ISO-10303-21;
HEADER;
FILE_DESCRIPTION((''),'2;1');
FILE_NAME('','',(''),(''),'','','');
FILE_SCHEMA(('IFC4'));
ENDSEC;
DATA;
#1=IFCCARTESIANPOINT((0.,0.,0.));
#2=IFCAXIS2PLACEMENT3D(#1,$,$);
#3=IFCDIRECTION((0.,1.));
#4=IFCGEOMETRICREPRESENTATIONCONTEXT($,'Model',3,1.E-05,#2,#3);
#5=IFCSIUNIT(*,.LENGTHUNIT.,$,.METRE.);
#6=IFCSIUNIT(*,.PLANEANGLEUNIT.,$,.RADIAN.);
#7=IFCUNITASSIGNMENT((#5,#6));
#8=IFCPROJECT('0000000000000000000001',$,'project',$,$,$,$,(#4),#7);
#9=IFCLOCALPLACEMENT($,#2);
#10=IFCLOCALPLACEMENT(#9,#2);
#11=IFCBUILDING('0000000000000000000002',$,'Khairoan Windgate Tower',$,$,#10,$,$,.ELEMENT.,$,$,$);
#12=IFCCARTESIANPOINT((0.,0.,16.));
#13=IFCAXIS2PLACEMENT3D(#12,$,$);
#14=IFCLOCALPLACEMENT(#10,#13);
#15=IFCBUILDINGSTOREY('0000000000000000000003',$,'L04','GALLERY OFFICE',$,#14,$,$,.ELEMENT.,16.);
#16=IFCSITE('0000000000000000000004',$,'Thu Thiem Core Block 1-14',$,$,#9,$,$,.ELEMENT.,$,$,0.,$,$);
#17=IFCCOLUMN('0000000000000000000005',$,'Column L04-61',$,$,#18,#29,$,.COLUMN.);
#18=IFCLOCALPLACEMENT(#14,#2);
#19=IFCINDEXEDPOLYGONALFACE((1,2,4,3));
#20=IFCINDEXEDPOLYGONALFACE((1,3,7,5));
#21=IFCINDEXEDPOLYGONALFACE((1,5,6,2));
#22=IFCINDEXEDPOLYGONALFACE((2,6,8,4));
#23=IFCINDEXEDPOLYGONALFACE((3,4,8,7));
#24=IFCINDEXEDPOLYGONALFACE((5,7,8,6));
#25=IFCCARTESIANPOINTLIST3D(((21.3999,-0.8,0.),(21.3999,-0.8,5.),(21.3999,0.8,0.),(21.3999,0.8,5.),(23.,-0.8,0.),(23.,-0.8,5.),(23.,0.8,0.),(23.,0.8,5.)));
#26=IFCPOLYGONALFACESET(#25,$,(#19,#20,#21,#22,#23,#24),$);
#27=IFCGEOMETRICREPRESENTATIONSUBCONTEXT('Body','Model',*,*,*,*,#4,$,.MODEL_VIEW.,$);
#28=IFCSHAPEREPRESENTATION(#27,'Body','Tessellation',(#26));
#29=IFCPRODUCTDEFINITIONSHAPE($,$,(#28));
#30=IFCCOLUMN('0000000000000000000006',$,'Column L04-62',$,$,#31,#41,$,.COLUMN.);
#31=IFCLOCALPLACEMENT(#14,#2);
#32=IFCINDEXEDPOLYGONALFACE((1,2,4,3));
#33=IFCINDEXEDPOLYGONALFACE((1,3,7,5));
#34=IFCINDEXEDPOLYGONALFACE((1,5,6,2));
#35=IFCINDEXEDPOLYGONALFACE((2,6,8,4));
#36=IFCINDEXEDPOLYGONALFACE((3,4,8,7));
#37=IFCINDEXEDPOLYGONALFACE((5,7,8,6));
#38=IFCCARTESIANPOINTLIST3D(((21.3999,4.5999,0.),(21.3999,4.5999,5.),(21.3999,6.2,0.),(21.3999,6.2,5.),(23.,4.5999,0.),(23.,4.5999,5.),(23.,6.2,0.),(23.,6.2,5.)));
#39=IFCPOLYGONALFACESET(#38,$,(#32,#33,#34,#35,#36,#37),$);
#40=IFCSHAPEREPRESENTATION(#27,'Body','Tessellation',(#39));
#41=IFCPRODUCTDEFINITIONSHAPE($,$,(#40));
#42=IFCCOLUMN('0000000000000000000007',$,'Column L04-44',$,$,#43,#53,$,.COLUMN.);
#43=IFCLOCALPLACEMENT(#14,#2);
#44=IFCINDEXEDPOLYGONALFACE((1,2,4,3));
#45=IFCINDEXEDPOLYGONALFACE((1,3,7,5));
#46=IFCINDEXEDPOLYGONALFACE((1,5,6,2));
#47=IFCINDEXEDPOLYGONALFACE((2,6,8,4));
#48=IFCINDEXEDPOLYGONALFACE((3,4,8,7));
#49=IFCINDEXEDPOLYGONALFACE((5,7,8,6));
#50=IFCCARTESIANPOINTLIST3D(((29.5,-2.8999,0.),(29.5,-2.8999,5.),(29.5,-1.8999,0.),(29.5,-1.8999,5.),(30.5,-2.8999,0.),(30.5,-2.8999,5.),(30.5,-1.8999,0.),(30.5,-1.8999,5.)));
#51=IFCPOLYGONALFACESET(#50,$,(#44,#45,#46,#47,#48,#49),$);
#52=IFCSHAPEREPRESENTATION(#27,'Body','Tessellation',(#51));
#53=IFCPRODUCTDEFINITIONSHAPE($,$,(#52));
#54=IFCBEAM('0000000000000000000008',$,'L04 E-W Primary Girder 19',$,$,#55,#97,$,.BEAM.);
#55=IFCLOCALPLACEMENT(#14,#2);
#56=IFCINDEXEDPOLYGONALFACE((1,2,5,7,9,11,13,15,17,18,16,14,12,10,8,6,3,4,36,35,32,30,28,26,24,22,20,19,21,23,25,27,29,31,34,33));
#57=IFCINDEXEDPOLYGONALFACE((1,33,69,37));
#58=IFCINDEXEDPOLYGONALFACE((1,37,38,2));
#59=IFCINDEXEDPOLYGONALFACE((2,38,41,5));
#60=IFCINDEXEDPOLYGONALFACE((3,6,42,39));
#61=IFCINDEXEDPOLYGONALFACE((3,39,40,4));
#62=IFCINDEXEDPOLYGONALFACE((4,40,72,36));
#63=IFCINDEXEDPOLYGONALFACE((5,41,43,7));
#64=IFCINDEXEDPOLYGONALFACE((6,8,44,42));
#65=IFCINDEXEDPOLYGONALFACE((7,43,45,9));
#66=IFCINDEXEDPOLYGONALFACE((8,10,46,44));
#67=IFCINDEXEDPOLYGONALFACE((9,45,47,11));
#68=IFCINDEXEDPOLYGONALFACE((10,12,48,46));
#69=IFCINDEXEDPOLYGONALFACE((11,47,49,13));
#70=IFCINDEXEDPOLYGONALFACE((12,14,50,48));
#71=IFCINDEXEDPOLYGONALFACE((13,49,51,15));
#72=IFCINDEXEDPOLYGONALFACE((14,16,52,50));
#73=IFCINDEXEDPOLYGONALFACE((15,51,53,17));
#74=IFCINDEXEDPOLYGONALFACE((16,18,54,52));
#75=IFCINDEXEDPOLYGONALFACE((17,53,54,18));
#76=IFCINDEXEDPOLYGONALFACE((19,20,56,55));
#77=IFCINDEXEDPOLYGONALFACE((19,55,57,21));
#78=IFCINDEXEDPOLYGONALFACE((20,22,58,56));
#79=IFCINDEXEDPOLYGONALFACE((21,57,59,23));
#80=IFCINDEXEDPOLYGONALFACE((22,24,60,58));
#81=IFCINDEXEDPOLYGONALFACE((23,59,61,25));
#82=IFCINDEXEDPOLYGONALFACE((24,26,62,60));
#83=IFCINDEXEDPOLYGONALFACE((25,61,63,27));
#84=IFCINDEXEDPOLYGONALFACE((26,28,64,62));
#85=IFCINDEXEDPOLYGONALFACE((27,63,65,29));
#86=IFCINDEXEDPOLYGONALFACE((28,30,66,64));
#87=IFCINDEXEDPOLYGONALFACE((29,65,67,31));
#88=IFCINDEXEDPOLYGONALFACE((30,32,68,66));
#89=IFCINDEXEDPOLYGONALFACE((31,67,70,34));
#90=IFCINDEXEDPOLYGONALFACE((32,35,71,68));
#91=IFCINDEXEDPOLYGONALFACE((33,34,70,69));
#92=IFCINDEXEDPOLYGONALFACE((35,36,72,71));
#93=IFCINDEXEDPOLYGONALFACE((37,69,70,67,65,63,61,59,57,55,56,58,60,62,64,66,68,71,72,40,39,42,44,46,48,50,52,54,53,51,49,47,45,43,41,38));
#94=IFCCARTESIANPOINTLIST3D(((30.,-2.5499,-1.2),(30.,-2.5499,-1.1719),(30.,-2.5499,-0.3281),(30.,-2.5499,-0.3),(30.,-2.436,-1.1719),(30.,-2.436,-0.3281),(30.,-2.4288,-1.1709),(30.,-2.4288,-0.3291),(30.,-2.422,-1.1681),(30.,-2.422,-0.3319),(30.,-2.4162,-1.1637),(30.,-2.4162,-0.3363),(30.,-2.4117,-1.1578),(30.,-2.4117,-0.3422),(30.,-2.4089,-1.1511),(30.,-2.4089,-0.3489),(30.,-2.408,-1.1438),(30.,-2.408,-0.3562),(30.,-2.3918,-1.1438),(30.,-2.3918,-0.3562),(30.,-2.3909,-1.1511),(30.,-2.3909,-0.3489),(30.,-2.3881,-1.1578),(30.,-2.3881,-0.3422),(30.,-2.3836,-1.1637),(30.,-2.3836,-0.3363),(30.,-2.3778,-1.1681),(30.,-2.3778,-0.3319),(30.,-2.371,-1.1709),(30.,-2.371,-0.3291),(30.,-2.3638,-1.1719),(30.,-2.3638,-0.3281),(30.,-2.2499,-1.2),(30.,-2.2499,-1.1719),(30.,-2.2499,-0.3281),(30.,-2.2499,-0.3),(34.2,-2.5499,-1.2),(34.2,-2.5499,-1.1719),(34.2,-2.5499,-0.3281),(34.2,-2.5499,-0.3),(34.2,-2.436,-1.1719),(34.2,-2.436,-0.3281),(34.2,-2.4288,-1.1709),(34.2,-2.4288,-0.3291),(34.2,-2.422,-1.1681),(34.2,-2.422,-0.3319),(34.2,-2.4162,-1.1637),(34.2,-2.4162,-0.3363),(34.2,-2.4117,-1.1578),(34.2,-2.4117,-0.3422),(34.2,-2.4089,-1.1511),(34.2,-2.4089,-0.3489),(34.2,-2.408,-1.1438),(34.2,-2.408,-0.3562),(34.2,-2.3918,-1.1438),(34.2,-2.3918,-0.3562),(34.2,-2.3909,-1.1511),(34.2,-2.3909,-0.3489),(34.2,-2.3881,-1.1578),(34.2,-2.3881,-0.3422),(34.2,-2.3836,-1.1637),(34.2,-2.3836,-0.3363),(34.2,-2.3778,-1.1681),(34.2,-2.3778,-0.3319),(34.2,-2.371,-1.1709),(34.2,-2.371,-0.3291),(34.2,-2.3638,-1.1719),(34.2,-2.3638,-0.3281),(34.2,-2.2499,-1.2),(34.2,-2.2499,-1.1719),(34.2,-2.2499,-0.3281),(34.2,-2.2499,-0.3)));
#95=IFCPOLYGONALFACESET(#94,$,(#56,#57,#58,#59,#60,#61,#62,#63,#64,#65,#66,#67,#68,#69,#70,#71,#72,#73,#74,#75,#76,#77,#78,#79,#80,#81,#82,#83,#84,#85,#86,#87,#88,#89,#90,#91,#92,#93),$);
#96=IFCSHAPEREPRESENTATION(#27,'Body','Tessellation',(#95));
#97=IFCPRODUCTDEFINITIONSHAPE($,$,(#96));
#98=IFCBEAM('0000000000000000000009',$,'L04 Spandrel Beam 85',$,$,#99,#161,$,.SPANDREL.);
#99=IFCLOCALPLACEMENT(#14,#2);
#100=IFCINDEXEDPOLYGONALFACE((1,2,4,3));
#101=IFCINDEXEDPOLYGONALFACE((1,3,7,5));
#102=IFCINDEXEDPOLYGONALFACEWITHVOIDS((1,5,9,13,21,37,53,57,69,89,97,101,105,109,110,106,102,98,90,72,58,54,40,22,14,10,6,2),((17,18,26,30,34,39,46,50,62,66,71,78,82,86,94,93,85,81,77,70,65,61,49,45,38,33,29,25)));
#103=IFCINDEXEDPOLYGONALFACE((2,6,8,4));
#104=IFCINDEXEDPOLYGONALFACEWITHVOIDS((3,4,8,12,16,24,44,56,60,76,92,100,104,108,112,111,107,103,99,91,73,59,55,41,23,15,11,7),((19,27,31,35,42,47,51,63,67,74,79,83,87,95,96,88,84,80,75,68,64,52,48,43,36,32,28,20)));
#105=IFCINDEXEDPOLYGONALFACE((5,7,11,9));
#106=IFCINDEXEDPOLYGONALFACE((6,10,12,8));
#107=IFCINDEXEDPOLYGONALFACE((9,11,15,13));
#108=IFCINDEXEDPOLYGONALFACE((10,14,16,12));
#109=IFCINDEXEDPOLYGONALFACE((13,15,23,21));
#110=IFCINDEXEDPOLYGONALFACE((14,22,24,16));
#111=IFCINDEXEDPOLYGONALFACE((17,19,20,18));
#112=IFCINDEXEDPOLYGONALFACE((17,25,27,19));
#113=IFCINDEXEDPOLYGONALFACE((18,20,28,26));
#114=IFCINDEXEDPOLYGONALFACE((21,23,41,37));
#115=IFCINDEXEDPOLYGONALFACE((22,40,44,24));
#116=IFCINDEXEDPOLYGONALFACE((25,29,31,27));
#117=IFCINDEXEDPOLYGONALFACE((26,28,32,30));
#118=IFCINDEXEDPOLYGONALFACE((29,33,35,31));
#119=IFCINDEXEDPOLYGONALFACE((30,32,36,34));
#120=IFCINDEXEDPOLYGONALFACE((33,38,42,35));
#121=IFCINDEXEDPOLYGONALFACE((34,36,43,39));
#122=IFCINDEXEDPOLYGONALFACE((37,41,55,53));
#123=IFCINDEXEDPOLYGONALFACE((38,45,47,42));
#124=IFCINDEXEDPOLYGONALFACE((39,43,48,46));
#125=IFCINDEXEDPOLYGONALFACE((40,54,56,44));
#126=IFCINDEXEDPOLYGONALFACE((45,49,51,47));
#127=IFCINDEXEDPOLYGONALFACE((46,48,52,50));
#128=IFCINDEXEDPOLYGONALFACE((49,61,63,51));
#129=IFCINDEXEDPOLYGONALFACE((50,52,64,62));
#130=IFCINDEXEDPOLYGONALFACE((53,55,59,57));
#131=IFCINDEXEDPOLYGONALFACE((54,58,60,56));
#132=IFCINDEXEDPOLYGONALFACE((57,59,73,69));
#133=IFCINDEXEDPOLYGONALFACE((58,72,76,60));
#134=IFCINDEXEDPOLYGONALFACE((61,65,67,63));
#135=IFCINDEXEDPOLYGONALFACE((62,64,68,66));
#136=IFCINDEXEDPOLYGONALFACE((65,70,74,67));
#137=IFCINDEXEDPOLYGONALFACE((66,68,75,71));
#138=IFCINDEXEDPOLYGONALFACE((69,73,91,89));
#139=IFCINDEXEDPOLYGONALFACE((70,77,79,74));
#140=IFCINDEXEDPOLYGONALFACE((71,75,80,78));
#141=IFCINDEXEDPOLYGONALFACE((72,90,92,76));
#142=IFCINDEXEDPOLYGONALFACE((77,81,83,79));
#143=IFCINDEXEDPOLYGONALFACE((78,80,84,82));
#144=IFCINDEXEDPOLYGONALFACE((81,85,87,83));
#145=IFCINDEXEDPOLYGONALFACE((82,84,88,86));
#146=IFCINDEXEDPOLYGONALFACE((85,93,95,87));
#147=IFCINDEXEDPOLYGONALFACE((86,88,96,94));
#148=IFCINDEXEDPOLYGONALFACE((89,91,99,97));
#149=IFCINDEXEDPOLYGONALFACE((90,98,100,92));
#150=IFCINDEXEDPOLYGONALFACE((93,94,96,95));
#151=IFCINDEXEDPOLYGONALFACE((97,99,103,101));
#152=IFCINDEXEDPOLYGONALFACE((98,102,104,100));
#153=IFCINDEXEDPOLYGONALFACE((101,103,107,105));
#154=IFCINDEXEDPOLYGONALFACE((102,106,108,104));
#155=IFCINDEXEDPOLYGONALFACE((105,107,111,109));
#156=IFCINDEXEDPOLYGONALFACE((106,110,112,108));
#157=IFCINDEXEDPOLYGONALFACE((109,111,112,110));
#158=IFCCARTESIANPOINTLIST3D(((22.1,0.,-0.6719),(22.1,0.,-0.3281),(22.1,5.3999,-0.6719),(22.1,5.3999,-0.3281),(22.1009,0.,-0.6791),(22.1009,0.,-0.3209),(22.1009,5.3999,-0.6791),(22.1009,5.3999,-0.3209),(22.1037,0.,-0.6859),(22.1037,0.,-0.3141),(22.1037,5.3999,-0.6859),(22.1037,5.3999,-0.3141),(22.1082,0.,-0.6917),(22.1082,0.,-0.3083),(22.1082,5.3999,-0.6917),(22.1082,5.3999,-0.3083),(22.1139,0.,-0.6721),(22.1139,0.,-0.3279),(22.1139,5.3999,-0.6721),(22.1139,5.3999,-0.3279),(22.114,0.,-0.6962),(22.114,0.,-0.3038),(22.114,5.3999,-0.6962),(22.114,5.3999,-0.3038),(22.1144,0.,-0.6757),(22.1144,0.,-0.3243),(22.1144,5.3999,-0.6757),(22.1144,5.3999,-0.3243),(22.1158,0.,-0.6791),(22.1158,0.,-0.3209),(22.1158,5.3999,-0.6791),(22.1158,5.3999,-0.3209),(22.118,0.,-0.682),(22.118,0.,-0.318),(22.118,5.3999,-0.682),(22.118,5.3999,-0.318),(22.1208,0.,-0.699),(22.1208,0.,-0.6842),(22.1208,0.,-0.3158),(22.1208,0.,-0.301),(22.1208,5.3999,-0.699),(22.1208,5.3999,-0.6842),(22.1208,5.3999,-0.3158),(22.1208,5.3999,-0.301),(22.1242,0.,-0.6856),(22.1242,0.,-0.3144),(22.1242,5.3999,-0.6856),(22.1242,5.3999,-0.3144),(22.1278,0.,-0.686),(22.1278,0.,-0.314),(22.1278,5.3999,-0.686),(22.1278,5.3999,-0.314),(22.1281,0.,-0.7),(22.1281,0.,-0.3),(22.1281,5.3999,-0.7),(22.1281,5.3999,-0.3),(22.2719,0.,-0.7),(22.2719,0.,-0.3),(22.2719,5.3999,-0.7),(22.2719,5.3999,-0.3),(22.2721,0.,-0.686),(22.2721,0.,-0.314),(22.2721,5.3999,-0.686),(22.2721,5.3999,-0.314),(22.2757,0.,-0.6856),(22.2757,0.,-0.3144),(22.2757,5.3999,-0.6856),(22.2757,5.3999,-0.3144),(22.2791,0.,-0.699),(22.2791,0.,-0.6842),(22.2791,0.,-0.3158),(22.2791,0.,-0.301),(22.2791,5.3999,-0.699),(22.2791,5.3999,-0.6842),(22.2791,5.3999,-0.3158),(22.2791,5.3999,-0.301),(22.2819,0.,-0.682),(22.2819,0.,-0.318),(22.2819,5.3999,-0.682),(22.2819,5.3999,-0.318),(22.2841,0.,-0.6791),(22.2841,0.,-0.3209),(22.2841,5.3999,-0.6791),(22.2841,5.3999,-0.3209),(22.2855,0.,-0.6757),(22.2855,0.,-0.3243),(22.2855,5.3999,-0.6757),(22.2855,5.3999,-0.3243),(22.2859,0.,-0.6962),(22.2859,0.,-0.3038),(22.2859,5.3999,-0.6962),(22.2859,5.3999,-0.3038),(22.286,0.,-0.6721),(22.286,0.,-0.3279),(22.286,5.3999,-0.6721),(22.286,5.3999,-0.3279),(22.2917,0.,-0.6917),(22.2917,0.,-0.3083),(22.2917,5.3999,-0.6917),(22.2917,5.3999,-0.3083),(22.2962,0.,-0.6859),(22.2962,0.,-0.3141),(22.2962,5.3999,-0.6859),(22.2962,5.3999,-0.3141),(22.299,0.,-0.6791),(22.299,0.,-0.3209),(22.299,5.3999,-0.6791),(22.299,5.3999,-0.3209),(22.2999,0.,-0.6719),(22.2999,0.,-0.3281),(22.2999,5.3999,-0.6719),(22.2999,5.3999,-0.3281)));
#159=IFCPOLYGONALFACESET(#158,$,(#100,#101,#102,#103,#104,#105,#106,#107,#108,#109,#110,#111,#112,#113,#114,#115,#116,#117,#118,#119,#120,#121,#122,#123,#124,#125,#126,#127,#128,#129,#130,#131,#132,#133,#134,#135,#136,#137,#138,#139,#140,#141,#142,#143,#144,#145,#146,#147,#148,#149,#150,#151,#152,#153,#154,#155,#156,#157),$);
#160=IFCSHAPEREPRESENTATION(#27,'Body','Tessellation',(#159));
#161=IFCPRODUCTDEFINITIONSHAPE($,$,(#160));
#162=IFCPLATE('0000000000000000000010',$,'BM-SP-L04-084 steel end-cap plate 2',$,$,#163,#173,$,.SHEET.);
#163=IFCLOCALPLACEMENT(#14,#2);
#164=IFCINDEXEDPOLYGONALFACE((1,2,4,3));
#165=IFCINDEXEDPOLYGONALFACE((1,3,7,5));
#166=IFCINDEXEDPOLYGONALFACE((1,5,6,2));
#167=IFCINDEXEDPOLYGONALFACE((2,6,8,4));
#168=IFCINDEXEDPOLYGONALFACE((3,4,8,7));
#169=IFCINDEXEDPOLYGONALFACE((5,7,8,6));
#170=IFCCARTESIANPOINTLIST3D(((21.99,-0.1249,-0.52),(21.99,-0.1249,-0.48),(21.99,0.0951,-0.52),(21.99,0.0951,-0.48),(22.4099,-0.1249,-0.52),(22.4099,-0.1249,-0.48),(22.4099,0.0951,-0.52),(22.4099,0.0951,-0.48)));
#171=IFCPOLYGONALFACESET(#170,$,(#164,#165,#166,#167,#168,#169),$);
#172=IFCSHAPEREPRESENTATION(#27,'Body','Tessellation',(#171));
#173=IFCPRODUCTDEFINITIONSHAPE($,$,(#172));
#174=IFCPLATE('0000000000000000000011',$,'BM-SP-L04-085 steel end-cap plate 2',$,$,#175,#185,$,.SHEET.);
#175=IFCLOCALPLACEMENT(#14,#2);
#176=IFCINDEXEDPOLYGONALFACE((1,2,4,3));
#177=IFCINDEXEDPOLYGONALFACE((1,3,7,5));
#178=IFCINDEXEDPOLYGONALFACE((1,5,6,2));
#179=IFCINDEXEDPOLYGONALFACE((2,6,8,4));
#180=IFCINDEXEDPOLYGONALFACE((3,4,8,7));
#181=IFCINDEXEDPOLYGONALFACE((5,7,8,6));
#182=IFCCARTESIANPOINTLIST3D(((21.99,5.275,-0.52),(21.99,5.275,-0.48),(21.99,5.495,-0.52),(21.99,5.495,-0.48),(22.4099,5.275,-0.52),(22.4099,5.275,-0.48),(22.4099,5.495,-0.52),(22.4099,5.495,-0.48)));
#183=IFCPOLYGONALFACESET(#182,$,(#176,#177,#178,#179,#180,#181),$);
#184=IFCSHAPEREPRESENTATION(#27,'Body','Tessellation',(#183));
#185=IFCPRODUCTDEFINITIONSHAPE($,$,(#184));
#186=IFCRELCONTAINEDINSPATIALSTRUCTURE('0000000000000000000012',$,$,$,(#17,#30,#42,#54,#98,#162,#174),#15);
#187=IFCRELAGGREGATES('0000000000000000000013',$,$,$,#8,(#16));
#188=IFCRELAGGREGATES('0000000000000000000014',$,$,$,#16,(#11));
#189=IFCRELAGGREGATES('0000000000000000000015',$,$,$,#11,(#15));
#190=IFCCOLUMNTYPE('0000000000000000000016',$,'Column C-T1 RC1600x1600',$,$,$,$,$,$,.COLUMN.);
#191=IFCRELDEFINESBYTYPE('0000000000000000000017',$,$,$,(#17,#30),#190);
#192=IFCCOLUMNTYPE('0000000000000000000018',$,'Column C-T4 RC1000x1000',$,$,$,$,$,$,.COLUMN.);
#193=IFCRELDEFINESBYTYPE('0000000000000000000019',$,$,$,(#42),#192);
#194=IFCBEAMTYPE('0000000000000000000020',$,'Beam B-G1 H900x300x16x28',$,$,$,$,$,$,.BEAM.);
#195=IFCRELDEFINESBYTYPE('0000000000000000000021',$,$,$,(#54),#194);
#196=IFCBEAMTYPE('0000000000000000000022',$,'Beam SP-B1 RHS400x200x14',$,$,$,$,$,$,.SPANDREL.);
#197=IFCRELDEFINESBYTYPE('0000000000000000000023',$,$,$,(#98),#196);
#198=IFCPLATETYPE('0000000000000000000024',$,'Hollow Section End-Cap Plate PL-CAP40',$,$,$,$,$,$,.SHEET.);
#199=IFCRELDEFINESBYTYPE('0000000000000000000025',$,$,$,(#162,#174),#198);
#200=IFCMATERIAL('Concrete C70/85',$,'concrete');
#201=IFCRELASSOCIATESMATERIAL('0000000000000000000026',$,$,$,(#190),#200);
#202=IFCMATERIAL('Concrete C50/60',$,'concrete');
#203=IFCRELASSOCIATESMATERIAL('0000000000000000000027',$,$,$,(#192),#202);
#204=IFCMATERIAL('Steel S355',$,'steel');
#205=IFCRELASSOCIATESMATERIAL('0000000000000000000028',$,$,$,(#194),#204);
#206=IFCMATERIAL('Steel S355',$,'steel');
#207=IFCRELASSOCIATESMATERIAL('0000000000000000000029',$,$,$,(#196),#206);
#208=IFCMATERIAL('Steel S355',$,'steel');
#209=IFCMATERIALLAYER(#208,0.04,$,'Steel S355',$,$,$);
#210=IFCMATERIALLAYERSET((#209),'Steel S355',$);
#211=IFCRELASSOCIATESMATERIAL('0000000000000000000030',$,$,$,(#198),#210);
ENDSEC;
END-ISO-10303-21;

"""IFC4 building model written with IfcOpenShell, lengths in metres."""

from ifc_helpers import new_model, si_unit, direction, frame, origin, origin_2d, place, context, subcontext, project, spatial, rectangle, hollow_rectangle, i_section, extrude, material, layer, layer_set, material_profile, profile_set, type_object, element, save


model = new_model("IFC4")

# Units and contexts
model_context = context("Model", 3, precision=1e-05, world=origin(), true_north=direction((0.0, 1.0)))
body_context = subcontext(model_context, "Body", "Model", "MODEL_VIEW")
ifc_project = project(units=[si_unit("LENGTHUNIT", "METRE"), si_unit("PLANEANGLEUNIT", "RADIAN")], contexts=[model_context])

# Site, building, storey
site_placement = place(None, origin())
site = spatial("IfcSite", under=ifc_project, at=site_placement, Name="Thu Thiem Core Block 1-14", CompositionType="ELEMENT", RefElevation=0.0)
building_placement = place(site_placement, origin())
building = spatial("IfcBuilding", under=site, at=building_placement, Name="Khairoan Windgate Tower", CompositionType="ELEMENT")
storey_placement = place(building_placement, frame((0.0, 0.0, 16.0)))
storey = spatial("IfcBuildingStorey", under=building, at=storey_placement, Name="L04", Description="GALLERY OFFICE", CompositionType="ELEMENT", Elevation=16.0)

# Columns
ifc_material_1 = material(Name="Concrete C70/85", Category="concrete")
ifc_material_profile_1 = material_profile(ifc_material_1, rectangle(XDim=1.6001, YDim=1.6001, at=origin_2d()))
ifc_profile_set_1 = profile_set([ifc_material_profile_1], Name="Concrete C70/85")
column_type_1 = type_object("IfcColumnType", Name="Column C-T1 RC1600x1600", PredefinedType="COLUMN", material=ifc_profile_set_1)
for number, where, z_axis, x_axis, name in (
    (1, (22.2, 0.0, 0.0), (0.0, 0.0, 1.0), (1.0, 0.0, 0.0), "Column L04-61"),
    (2, (22.2, 5.3999, 0.0), (0.0, 0.0, 1.0), (1.0, 0.0, 0.0), "Column L04-62"),
):
    element("IfcColumn", number, at=place(storey_placement, frame(where, z_axis=z_axis, x_axis=x_axis)), inside=storey, type_object=column_type_1, Name=name, PredefinedType="COLUMN", context=body_context, shape_type="SweptSolid", body=[
        extrude(rectangle(XDim=1.6001, YDim=1.6001, at=origin_2d()), origin(), (0.0, 0.0, 1.0), 5.0),
    ])
ifc_material_2 = material(Name="Concrete C50/60", Category="concrete")
ifc_material_profile_2 = material_profile(ifc_material_2, rectangle(XDim=1.0, YDim=1.0, at=origin_2d()))
ifc_profile_set_2 = profile_set([ifc_material_profile_2], Name="Concrete C50/60")
column_type_2 = type_object("IfcColumnType", Name="Column C-T4 RC1000x1000", PredefinedType="COLUMN", material=ifc_profile_set_2)
column_placement = place(storey_placement, frame((30.0, -2.3999, 0.0), z_axis=(0.0, 0.0, 1.0), x_axis=(1.0, 0.0, 0.0)))
element("IfcColumn", 3, at=column_placement, inside=storey, type_object=column_type_2, Name="Column L04-44", PredefinedType="COLUMN", context=body_context, shape_type="SweptSolid", body=[
    extrude(rectangle(XDim=1.0, YDim=1.0, at=origin_2d()), origin(), (0.0, 0.0, 1.0), 5.0),
])

# Beams
ifc_material_3 = material(Name="Steel S355", Category="steel")
ifc_material_profile_3 = material_profile(ifc_material_3, i_section(OverallWidth=0.3, OverallDepth=0.8999, WebThickness=0.0161, FlangeThickness=0.0281, FilletRadius=0.0281, at=origin_2d()))
ifc_profile_set_3 = profile_set([ifc_material_profile_3], Name="Steel S355")
beam_type_1 = type_object("IfcBeamType", Name="Beam B-G1 H900x300x16x28", PredefinedType="BEAM", material=ifc_profile_set_3)
beam_1_placement = place(storey_placement, frame((30.0, -2.3999, -0.75), z_axis=(1.0, 0.0, 0.0), x_axis=(0.0, 1.0, 0.0)))
element("IfcBeam", 4, at=beam_1_placement, inside=storey, type_object=beam_type_1, Name="L04 E-W Primary Girder 19", PredefinedType="BEAM", context=body_context, shape_type="SweptSolid", body=[
    extrude(i_section(OverallWidth=0.3, OverallDepth=0.8999, WebThickness=0.0161, FlangeThickness=0.0281, FilletRadius=0.0281, at=origin_2d()), origin(), (0.0, 0.0, 1.0), 4.2),
])
ifc_material_4 = material(Name="Steel S355", Category="steel")
ifc_material_profile_4 = material_profile(ifc_material_4, hollow_rectangle(XDim=0.2, YDim=0.3999, WallThickness=0.0139, InnerFilletRadius=0.0139, OuterFilletRadius=0.0281, at=origin_2d()))
ifc_profile_set_4 = profile_set([ifc_material_profile_4], Name="Steel S355")
beam_type_2 = type_object("IfcBeamType", Name="Beam SP-B1 RHS400x200x14", PredefinedType="SPANDREL", material=ifc_profile_set_4)
beam_2_placement = place(storey_placement, frame((22.2, 0.0, -0.5), z_axis=(0.0, 1.0, 0.0), x_axis=(-1.0, 0.0, 0.0)))
element("IfcBeam", 5, at=beam_2_placement, inside=storey, type_object=beam_type_2, Name="L04 Spandrel Beam 85", PredefinedType="SPANDREL", context=body_context, shape_type="SweptSolid", body=[
    extrude(hollow_rectangle(XDim=0.2, YDim=0.3999, WallThickness=0.0139, InnerFilletRadius=0.0139, OuterFilletRadius=0.0281, at=origin_2d()), origin(), (0.0, 0.0, 1.0), 5.3999),
])

# Plates
ifc_material_5 = material(Name="Steel S355", Category="steel")
ifc_layer_1 = layer(ifc_material_5, 0.04, Name="Steel S355")
ifc_layer_set_1 = layer_set([ifc_layer_1], Name="Steel S355")
plate_type = type_object("IfcPlateType", Name="Hollow Section End-Cap Plate PL-CAP40", PredefinedType="SHEET", material=ifc_layer_set_1)
for number, where, z_axis, x_axis, name in (
    (6, (22.2, -0.0149, -0.52), (0.0, 0.0, 1.0), (0.0, 1.0, 0.0), "BM-SP-L04-084 steel end-cap plate 2"),
    (7, (22.2, 5.385, -0.52), (0.0, 0.0, 1.0), (0.0, 1.0, 0.0), "BM-SP-L04-085 steel end-cap plate 2"),
):
    element("IfcPlate", number, at=place(storey_placement, frame(where, z_axis=z_axis, x_axis=x_axis)), inside=storey, type_object=plate_type, Name=name, PredefinedType="SHEET", context=body_context, shape_type="SweptSolid", body=[
        extrude(rectangle(XDim=0.22, YDim=0.4199, at=origin_2d()), origin(), (0.0, 0.0, 1.0), 0.04),
    ])

save(model, "model.ifc")
